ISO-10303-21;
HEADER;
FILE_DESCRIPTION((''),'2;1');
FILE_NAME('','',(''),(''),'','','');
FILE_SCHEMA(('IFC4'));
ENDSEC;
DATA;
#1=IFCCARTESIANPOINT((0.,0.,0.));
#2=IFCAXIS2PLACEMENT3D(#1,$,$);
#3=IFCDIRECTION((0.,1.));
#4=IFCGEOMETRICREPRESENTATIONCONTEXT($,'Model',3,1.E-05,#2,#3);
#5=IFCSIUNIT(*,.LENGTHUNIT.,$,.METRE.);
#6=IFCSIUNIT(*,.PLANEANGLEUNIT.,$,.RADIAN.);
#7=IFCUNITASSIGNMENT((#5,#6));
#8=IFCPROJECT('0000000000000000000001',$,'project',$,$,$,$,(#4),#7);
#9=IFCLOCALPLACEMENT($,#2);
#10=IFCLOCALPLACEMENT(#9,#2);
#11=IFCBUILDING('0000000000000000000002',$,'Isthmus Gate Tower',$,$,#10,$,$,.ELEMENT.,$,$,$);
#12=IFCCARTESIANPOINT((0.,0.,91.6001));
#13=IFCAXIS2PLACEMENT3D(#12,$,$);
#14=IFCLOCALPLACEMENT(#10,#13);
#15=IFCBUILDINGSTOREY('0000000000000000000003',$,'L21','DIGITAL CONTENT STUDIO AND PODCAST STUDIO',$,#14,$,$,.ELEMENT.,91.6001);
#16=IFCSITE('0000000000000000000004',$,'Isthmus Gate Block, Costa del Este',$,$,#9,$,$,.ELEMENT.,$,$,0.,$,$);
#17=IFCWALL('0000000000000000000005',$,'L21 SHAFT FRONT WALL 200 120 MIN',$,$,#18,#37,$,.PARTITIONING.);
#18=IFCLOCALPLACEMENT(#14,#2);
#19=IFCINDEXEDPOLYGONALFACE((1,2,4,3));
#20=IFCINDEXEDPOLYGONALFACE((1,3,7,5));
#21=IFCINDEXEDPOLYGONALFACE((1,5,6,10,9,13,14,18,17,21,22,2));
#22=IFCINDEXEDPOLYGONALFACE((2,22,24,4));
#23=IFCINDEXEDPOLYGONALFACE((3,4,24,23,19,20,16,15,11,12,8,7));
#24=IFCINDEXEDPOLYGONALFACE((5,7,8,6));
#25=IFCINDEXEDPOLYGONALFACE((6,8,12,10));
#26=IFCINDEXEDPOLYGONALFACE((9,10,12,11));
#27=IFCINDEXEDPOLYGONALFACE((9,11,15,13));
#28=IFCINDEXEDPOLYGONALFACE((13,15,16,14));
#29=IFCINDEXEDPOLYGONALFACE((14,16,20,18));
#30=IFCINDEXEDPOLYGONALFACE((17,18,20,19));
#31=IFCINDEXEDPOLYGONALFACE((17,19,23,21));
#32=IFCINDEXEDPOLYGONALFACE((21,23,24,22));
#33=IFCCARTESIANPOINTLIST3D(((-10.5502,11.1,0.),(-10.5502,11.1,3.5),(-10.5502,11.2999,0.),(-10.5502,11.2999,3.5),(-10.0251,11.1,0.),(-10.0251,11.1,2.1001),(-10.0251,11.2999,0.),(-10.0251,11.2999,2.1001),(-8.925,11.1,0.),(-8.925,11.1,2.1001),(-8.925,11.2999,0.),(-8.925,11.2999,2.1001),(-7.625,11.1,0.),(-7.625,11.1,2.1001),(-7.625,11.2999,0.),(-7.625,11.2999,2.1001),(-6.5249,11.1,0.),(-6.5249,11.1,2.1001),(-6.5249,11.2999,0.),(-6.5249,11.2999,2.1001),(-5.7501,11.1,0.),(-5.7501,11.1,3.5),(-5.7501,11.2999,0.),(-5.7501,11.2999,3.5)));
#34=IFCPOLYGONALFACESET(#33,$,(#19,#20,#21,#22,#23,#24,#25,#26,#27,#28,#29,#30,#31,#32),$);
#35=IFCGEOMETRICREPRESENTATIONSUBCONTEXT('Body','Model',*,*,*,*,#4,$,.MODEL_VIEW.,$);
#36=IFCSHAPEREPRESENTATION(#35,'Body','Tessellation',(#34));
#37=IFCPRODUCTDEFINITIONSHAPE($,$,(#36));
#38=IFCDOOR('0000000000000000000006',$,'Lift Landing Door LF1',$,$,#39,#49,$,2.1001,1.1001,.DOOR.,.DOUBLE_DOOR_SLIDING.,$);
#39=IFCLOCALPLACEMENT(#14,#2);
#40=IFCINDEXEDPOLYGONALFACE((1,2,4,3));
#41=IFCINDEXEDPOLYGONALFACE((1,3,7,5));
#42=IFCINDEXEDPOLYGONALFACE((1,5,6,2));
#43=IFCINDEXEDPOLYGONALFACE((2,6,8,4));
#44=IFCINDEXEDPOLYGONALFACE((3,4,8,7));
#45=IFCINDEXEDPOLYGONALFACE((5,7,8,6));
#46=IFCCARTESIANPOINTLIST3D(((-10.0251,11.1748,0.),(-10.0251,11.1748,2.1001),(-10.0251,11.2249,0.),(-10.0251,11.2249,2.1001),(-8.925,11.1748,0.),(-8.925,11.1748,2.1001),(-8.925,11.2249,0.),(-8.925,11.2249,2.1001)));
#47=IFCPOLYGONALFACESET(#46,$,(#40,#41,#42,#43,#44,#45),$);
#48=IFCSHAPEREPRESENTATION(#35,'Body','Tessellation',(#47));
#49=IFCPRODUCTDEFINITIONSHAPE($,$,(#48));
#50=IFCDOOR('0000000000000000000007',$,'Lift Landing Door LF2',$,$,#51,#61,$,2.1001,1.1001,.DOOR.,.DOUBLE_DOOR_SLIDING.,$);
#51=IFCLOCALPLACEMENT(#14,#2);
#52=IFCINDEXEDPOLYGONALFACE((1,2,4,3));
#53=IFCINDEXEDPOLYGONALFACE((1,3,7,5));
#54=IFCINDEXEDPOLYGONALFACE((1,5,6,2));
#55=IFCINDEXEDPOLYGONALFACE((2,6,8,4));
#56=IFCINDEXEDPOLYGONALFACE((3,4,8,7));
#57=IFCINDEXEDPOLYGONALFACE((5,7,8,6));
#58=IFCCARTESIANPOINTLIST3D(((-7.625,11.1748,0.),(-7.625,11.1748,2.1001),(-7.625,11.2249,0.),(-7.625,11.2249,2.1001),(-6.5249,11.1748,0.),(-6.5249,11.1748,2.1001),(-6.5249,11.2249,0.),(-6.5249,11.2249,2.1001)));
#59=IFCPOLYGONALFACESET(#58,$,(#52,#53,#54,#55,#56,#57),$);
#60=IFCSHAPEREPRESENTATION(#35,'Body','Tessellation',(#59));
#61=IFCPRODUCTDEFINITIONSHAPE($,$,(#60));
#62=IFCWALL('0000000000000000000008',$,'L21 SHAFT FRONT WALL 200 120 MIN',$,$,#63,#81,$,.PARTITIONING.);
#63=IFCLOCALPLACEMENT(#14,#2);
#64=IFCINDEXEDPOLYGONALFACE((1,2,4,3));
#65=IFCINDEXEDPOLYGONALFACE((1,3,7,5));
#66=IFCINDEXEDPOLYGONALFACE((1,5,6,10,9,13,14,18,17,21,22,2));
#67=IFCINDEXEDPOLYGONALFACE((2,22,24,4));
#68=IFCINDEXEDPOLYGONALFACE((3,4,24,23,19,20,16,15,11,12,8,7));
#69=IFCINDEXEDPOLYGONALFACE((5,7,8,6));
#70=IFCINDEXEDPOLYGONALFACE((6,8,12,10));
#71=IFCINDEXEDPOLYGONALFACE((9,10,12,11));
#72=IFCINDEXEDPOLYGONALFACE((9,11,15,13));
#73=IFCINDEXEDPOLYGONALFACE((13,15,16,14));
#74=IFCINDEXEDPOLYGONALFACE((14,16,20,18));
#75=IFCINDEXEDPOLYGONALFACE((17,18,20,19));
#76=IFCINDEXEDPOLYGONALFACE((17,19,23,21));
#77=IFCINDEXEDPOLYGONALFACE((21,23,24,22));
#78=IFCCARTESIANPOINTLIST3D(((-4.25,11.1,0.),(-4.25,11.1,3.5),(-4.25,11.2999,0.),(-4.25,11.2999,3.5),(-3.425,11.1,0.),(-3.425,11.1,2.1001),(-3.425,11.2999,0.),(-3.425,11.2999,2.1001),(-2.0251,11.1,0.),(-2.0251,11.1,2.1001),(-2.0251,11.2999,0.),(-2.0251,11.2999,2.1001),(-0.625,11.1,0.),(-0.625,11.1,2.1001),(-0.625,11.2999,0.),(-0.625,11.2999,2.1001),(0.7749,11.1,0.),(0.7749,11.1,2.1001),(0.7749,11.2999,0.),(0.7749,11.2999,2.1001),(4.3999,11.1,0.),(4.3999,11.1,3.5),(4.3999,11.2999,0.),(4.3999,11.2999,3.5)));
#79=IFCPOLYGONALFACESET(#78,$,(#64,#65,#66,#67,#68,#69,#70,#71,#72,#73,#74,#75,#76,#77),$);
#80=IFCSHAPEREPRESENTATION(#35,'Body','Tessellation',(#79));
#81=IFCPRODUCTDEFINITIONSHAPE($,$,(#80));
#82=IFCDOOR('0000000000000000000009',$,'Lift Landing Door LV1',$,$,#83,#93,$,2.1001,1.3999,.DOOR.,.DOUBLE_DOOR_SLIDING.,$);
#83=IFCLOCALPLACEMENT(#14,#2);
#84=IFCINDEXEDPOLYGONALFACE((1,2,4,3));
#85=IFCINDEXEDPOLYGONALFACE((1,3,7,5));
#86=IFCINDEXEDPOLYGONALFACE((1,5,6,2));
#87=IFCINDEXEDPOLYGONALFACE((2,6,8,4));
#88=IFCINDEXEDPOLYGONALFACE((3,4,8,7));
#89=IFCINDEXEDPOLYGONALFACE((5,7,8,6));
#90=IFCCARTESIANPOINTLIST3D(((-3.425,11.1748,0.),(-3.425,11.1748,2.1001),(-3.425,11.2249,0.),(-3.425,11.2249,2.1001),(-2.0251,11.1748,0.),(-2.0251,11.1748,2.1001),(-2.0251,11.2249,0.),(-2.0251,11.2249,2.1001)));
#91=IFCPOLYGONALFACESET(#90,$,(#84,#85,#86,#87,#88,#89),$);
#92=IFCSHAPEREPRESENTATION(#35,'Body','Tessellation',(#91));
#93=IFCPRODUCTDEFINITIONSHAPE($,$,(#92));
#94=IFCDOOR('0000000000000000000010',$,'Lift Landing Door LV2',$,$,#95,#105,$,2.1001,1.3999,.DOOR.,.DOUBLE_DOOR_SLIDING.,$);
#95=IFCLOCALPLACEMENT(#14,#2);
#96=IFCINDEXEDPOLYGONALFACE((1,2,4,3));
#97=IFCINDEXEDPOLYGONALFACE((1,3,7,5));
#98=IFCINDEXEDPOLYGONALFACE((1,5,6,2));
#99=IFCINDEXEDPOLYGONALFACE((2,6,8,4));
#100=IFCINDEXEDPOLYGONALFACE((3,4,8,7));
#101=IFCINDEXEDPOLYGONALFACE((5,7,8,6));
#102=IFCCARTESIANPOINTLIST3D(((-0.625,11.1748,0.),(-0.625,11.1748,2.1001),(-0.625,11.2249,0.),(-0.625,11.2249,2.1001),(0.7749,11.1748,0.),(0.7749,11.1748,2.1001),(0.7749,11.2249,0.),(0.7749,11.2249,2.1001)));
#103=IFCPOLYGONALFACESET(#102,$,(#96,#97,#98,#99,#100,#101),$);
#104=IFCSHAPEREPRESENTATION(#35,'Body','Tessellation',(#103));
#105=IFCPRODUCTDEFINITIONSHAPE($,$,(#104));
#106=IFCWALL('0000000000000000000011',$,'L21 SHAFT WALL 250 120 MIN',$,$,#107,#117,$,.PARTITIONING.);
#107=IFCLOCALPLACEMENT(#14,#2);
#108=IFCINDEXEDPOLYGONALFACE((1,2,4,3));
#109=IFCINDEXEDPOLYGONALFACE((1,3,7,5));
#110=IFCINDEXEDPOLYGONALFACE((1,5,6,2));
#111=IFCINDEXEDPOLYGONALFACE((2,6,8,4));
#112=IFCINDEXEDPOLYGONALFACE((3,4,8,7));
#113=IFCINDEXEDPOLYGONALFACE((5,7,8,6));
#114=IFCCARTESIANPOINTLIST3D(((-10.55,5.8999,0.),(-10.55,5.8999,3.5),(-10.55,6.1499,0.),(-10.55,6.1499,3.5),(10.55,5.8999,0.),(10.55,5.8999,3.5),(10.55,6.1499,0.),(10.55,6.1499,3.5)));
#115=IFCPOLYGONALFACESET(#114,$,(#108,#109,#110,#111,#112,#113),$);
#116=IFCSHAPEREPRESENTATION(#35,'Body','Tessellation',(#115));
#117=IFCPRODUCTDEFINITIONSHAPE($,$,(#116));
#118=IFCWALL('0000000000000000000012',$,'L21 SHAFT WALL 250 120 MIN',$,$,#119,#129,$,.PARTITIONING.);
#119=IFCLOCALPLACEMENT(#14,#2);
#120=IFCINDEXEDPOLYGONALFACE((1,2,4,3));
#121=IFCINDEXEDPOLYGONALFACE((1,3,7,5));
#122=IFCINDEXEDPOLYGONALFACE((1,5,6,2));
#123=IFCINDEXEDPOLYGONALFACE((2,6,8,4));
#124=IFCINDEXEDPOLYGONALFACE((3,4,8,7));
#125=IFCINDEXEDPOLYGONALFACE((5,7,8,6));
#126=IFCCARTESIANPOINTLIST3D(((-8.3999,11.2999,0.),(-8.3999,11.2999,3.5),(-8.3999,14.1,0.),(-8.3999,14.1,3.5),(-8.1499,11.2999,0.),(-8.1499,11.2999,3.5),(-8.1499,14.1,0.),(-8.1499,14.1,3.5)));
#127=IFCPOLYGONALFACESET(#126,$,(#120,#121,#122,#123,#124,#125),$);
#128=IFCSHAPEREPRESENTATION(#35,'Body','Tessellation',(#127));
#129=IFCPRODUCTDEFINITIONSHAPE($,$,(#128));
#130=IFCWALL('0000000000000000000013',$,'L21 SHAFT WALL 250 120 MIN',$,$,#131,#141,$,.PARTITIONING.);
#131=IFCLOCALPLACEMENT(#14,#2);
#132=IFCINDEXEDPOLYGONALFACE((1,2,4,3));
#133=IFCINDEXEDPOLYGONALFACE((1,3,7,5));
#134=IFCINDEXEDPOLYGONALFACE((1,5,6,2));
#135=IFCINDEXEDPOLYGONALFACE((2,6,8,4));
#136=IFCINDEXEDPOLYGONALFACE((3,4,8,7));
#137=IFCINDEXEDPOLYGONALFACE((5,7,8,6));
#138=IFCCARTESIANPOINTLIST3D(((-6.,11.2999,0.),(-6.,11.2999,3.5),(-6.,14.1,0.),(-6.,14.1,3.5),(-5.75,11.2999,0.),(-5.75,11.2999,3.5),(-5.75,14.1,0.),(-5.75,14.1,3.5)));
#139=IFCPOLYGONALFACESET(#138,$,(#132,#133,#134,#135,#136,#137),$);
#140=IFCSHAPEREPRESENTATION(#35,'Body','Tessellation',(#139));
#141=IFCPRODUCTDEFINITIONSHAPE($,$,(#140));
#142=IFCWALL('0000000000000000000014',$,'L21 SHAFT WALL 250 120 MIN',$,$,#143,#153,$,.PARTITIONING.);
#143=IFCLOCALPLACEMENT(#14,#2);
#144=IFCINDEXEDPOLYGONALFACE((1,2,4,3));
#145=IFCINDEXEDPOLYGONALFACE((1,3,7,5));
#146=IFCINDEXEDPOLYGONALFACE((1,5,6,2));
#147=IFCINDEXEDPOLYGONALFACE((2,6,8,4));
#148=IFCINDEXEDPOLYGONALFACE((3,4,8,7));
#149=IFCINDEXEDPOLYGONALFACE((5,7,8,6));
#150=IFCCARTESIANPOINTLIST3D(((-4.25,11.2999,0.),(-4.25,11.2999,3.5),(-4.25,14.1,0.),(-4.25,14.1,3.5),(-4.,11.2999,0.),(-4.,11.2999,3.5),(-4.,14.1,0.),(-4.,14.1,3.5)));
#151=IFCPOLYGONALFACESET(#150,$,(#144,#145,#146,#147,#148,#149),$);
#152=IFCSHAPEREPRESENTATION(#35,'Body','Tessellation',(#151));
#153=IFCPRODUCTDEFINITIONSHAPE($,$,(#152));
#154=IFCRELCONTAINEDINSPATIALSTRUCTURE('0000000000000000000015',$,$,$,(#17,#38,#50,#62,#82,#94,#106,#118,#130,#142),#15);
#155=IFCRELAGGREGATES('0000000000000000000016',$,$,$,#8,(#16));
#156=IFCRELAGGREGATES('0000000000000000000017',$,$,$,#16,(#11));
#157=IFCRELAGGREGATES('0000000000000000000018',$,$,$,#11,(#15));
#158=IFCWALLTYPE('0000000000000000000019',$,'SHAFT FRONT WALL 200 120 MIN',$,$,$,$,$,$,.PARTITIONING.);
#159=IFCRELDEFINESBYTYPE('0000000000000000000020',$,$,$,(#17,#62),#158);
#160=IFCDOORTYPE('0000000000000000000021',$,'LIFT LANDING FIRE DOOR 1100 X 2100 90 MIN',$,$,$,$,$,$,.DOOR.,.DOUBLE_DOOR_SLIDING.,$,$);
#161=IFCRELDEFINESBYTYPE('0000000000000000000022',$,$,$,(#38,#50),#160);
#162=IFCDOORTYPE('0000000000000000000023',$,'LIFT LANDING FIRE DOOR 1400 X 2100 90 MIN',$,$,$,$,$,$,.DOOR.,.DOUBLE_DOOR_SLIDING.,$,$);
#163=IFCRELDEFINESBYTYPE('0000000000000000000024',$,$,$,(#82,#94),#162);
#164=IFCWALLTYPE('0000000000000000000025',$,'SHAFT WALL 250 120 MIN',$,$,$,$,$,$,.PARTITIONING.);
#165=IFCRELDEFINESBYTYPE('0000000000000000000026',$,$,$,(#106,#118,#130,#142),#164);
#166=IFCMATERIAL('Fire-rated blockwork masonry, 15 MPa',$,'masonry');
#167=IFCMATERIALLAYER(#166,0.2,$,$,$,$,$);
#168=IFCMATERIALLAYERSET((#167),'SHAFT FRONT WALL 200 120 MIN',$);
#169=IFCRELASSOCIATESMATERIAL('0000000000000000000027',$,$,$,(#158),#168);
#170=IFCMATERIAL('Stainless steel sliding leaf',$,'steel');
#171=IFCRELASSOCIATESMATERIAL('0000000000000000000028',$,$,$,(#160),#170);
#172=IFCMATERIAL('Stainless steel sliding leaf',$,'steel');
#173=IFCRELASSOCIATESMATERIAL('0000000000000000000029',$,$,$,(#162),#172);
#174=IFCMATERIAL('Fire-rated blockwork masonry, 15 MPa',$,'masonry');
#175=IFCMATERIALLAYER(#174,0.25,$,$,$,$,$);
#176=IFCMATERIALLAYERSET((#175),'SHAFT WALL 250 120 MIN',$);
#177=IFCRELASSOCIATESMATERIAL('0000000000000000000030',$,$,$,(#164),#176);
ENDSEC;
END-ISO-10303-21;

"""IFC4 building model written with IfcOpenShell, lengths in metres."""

from ifc_helpers import new_model, si_unit, direction, frame, frame_2d, origin, place, context, subcontext, project, spatial, rectangle, extrude, material, layer, layer_set, type_object, element, fill, save


model = new_model("IFC4")

# Units and contexts
model_context = context("Model", 3, precision=1e-05, world=origin(), true_north=direction((0.0, 1.0)))
body_context = subcontext(model_context, "Body", "Model", "MODEL_VIEW")
ifc_project = project(units=[si_unit("LENGTHUNIT", "METRE"), si_unit("PLANEANGLEUNIT", "RADIAN")], contexts=[model_context])

# Site, building, storey
site_placement = place(None, origin())
site = spatial("IfcSite", under=ifc_project, at=site_placement, Name="Isthmus Gate Block, Costa del Este", CompositionType="ELEMENT", RefElevation=0.0)
building_placement = place(site_placement, origin())
building = spatial("IfcBuilding", under=site, at=building_placement, Name="Isthmus Gate Tower", CompositionType="ELEMENT")
storey_placement = place(building_placement, frame((0.0, 0.0, 91.6001)))
storey = spatial("IfcBuildingStorey", under=building, at=storey_placement, Name="L21", Description="DIGITAL CONTENT STUDIO AND PODCAST STUDIO", CompositionType="ELEMENT", Elevation=91.6001)

# Walls, openings, doors
ifc_material_1 = material(Name="Fire-rated blockwork masonry, 15 MPa", Category="masonry")
ifc_layer_1 = layer(ifc_material_1, 0.2)
ifc_layer_set_1 = layer_set([ifc_layer_1], Name="SHAFT FRONT WALL 200 120 MIN")
wall_type_1 = type_object("IfcWallType", Name="SHAFT FRONT WALL 200 120 MIN", PredefinedType="PARTITIONING", material=ifc_layer_set_1)
wall_1_placement = place(storey_placement, frame((-10.55, 11.2, 0.0), z_axis=(0.0, 0.0, 1.0), x_axis=(1.0, 0.0, 0.0)))
wall_1 = element("IfcWall", 1, at=wall_1_placement, inside=storey, type_object=wall_type_1, Name="L21 SHAFT FRONT WALL 200 120 MIN", PredefinedType="PARTITIONING", context=body_context, shape_type="SweptSolid", body=[
    extrude(rectangle(XDim=4.8, YDim=0.2, at=frame_2d((2.3999, 0.0))), origin(), (0.0, 0.0, 1.0), 3.5),
])
opening_1_placement = place(wall_1_placement, frame((0.5249, 0.0, 0.0)))
opening_1 = element("IfcOpeningElement", 2, at=opening_1_placement, cuts=wall_1, PredefinedType="OPENING", context=body_context, shape_type="SweptSolid", body=[
    extrude(rectangle(XDim=1.1001, YDim=2.1001, at=frame_2d((0.55, 1.05))), frame((0.0, 0.1099, 0.0), z_axis=(0.0, -1.0, 0.0), x_axis=(1.0, 0.0, 0.0)), (0.0, 0.0, 1.0), 0.22),
])
opening_2_placement = place(wall_1_placement, frame((2.925, 0.0, 0.0)))
opening_2 = element("IfcOpeningElement", 3, at=opening_2_placement, cuts=wall_1, PredefinedType="OPENING", context=body_context, shape_type="SweptSolid", body=[
    extrude(rectangle(XDim=1.1001, YDim=2.1001, at=frame_2d((0.55, 1.05))), frame((0.0, 0.1099, 0.0), z_axis=(0.0, -1.0, 0.0), x_axis=(1.0, 0.0, 0.0)), (0.0, 0.0, 1.0), 0.22),
])
ifc_material_2 = material(Name="Stainless steel sliding leaf", Category="steel")
door_type_1 = type_object("IfcDoorType", Name="LIFT LANDING FIRE DOOR 1100 X 2100 90 MIN", OperationType="DOUBLE_DOOR_SLIDING", PredefinedType="DOOR", material=ifc_material_2)
door_1_placement = place(opening_1_placement, origin())
door_1 = element("IfcDoor", 4, at=door_1_placement, inside=storey, type_object=door_type_1, Name="Lift Landing Door LF1", OperationType="DOUBLE_DOOR_SLIDING", OverallHeight=2.1001, OverallWidth=1.1001, PredefinedType="DOOR", context=body_context, shape_type="SweptSolid", body=[
    extrude(rectangle(XDim=1.1001, YDim=2.1001, at=frame_2d((0.55, 1.05))), frame((0.0, 0.0249, 0.0), z_axis=(0.0, -1.0, 0.0), x_axis=(1.0, 0.0, 0.0)), (0.0, 0.0, 1.0), 0.05),
])
fill(opening_1, door_1)
door_2_placement = place(opening_2_placement, origin())
door_2 = element("IfcDoor", 5, at=door_2_placement, inside=storey, type_object=door_type_1, Name="Lift Landing Door LF2", OperationType="DOUBLE_DOOR_SLIDING", OverallHeight=2.1001, OverallWidth=1.1001, PredefinedType="DOOR", context=body_context, shape_type="SweptSolid", body=[
    extrude(rectangle(XDim=1.1001, YDim=2.1001, at=frame_2d((0.55, 1.05))), frame((0.0, 0.0249, 0.0), z_axis=(0.0, -1.0, 0.0), x_axis=(1.0, 0.0, 0.0)), (0.0, 0.0, 1.0), 0.05),
])
fill(opening_2, door_2)
wall_2_placement = place(storey_placement, frame((-4.25, 11.2, 0.0), z_axis=(0.0, 0.0, 1.0), x_axis=(1.0, 0.0, 0.0)))
wall_2 = element("IfcWall", 6, at=wall_2_placement, inside=storey, type_object=wall_type_1, Name="L21 SHAFT FRONT WALL 200 120 MIN", PredefinedType="PARTITIONING", context=body_context, shape_type="SweptSolid", body=[
    extrude(rectangle(XDim=8.6499, YDim=0.2, at=frame_2d((4.325, 0.0))), origin(), (0.0, 0.0, 1.0), 3.5),
])
opening_3_placement = place(wall_2_placement, frame((0.825, 0.0, 0.0)))
opening_3 = element("IfcOpeningElement", 7, at=opening_3_placement, cuts=wall_2, PredefinedType="OPENING", context=body_context, shape_type="SweptSolid", body=[
    extrude(rectangle(XDim=1.3999, YDim=2.1001, at=frame_2d((0.7, 1.05))), frame((0.0, 0.1099, 0.0), z_axis=(0.0, -1.0, 0.0), x_axis=(1.0, 0.0, 0.0)), (0.0, 0.0, 1.0), 0.22),
])
opening_4_placement = place(wall_2_placement, frame((3.625, 0.0, 0.0)))
opening_4 = element("IfcOpeningElement", 8, at=opening_4_placement, cuts=wall_2, PredefinedType="OPENING", context=body_context, shape_type="SweptSolid", body=[
    extrude(rectangle(XDim=1.3999, YDim=2.1001, at=frame_2d((0.7, 1.05))), frame((0.0, 0.1099, 0.0), z_axis=(0.0, -1.0, 0.0), x_axis=(1.0, 0.0, 0.0)), (0.0, 0.0, 1.0), 0.22),
])
ifc_material_3 = material(Name="Stainless steel sliding leaf", Category="steel")
door_type_2 = type_object("IfcDoorType", Name="LIFT LANDING FIRE DOOR 1400 X 2100 90 MIN", OperationType="DOUBLE_DOOR_SLIDING", PredefinedType="DOOR", material=ifc_material_3)
door_3_placement = place(opening_3_placement, origin())
door_3 = element("IfcDoor", 9, at=door_3_placement, inside=storey, type_object=door_type_2, Name="Lift Landing Door LV1", OperationType="DOUBLE_DOOR_SLIDING", OverallHeight=2.1001, OverallWidth=1.3999, PredefinedType="DOOR", context=body_context, shape_type="SweptSolid", body=[
    extrude(rectangle(XDim=1.3999, YDim=2.1001, at=frame_2d((0.7, 1.05))), frame((0.0, 0.0249, 0.0), z_axis=(0.0, -1.0, 0.0), x_axis=(1.0, 0.0, 0.0)), (0.0, 0.0, 1.0), 0.05),
])
fill(opening_3, door_3)
door_4_placement = place(opening_4_placement, origin())
door_4 = element("IfcDoor", 10, at=door_4_placement, inside=storey, type_object=door_type_2, Name="Lift Landing Door LV2", OperationType="DOUBLE_DOOR_SLIDING", OverallHeight=2.1001, OverallWidth=1.3999, PredefinedType="DOOR", context=body_context, shape_type="SweptSolid", body=[
    extrude(rectangle(XDim=1.3999, YDim=2.1001, at=frame_2d((0.7, 1.05))), frame((0.0, 0.0249, 0.0), z_axis=(0.0, -1.0, 0.0), x_axis=(1.0, 0.0, 0.0)), (0.0, 0.0, 1.0), 0.05),
])
fill(opening_4, door_4)

# Walls
ifc_material_4 = material(Name="Fire-rated blockwork masonry, 15 MPa", Category="masonry")
ifc_layer_2 = layer(ifc_material_4, 0.25)
ifc_layer_set_2 = layer_set([ifc_layer_2], Name="SHAFT WALL 250 120 MIN")
wall_type_2 = type_object("IfcWallType", Name="SHAFT WALL 250 120 MIN", PredefinedType="PARTITIONING", material=ifc_layer_set_2)
wall_3_placement = place(storey_placement, frame((-10.55, 6.0249, 0.0), z_axis=(0.0, 0.0, 1.0), x_axis=(1.0, 0.0, 0.0)))
element("IfcWall", 11, at=wall_3_placement, inside=storey, type_object=wall_type_2, Name="L21 SHAFT WALL 250 120 MIN", PredefinedType="PARTITIONING", context=body_context, shape_type="SweptSolid", body=[
    extrude(rectangle(XDim=21.1001, YDim=0.25, at=frame_2d((10.55, 0.0))), origin(), (0.0, 0.0, 1.0), 3.5),
])
for number, where, z_axis, x_axis, name in (
    (12, (-8.2749, 11.3, 0.0), (0.0, 0.0, 1.0), (0.0, 1.0, 0.0), "L21 SHAFT WALL 250 120 MIN"),
    (13, (-5.875, 11.3, 0.0), (0.0, 0.0, 1.0), (0.0, 1.0, 0.0), "L21 SHAFT WALL 250 120 MIN"),
    (14, (-4.125, 11.3, 0.0), (0.0, 0.0, 1.0), (0.0, 1.0, 0.0), "L21 SHAFT WALL 250 120 MIN"),
):
    element("IfcWall", number, at=place(storey_placement, frame(where, z_axis=z_axis, x_axis=x_axis)), inside=storey, type_object=wall_type_2, Name=name, PredefinedType="PARTITIONING", context=body_context, shape_type="SweptSolid", body=[
        extrude(rectangle(XDim=2.8, YDim=0.25, at=frame_2d((1.3999, 0.0))), origin(), (0.0, 0.0, 1.0), 3.5),
    ])

save(model, "model.ifc")
